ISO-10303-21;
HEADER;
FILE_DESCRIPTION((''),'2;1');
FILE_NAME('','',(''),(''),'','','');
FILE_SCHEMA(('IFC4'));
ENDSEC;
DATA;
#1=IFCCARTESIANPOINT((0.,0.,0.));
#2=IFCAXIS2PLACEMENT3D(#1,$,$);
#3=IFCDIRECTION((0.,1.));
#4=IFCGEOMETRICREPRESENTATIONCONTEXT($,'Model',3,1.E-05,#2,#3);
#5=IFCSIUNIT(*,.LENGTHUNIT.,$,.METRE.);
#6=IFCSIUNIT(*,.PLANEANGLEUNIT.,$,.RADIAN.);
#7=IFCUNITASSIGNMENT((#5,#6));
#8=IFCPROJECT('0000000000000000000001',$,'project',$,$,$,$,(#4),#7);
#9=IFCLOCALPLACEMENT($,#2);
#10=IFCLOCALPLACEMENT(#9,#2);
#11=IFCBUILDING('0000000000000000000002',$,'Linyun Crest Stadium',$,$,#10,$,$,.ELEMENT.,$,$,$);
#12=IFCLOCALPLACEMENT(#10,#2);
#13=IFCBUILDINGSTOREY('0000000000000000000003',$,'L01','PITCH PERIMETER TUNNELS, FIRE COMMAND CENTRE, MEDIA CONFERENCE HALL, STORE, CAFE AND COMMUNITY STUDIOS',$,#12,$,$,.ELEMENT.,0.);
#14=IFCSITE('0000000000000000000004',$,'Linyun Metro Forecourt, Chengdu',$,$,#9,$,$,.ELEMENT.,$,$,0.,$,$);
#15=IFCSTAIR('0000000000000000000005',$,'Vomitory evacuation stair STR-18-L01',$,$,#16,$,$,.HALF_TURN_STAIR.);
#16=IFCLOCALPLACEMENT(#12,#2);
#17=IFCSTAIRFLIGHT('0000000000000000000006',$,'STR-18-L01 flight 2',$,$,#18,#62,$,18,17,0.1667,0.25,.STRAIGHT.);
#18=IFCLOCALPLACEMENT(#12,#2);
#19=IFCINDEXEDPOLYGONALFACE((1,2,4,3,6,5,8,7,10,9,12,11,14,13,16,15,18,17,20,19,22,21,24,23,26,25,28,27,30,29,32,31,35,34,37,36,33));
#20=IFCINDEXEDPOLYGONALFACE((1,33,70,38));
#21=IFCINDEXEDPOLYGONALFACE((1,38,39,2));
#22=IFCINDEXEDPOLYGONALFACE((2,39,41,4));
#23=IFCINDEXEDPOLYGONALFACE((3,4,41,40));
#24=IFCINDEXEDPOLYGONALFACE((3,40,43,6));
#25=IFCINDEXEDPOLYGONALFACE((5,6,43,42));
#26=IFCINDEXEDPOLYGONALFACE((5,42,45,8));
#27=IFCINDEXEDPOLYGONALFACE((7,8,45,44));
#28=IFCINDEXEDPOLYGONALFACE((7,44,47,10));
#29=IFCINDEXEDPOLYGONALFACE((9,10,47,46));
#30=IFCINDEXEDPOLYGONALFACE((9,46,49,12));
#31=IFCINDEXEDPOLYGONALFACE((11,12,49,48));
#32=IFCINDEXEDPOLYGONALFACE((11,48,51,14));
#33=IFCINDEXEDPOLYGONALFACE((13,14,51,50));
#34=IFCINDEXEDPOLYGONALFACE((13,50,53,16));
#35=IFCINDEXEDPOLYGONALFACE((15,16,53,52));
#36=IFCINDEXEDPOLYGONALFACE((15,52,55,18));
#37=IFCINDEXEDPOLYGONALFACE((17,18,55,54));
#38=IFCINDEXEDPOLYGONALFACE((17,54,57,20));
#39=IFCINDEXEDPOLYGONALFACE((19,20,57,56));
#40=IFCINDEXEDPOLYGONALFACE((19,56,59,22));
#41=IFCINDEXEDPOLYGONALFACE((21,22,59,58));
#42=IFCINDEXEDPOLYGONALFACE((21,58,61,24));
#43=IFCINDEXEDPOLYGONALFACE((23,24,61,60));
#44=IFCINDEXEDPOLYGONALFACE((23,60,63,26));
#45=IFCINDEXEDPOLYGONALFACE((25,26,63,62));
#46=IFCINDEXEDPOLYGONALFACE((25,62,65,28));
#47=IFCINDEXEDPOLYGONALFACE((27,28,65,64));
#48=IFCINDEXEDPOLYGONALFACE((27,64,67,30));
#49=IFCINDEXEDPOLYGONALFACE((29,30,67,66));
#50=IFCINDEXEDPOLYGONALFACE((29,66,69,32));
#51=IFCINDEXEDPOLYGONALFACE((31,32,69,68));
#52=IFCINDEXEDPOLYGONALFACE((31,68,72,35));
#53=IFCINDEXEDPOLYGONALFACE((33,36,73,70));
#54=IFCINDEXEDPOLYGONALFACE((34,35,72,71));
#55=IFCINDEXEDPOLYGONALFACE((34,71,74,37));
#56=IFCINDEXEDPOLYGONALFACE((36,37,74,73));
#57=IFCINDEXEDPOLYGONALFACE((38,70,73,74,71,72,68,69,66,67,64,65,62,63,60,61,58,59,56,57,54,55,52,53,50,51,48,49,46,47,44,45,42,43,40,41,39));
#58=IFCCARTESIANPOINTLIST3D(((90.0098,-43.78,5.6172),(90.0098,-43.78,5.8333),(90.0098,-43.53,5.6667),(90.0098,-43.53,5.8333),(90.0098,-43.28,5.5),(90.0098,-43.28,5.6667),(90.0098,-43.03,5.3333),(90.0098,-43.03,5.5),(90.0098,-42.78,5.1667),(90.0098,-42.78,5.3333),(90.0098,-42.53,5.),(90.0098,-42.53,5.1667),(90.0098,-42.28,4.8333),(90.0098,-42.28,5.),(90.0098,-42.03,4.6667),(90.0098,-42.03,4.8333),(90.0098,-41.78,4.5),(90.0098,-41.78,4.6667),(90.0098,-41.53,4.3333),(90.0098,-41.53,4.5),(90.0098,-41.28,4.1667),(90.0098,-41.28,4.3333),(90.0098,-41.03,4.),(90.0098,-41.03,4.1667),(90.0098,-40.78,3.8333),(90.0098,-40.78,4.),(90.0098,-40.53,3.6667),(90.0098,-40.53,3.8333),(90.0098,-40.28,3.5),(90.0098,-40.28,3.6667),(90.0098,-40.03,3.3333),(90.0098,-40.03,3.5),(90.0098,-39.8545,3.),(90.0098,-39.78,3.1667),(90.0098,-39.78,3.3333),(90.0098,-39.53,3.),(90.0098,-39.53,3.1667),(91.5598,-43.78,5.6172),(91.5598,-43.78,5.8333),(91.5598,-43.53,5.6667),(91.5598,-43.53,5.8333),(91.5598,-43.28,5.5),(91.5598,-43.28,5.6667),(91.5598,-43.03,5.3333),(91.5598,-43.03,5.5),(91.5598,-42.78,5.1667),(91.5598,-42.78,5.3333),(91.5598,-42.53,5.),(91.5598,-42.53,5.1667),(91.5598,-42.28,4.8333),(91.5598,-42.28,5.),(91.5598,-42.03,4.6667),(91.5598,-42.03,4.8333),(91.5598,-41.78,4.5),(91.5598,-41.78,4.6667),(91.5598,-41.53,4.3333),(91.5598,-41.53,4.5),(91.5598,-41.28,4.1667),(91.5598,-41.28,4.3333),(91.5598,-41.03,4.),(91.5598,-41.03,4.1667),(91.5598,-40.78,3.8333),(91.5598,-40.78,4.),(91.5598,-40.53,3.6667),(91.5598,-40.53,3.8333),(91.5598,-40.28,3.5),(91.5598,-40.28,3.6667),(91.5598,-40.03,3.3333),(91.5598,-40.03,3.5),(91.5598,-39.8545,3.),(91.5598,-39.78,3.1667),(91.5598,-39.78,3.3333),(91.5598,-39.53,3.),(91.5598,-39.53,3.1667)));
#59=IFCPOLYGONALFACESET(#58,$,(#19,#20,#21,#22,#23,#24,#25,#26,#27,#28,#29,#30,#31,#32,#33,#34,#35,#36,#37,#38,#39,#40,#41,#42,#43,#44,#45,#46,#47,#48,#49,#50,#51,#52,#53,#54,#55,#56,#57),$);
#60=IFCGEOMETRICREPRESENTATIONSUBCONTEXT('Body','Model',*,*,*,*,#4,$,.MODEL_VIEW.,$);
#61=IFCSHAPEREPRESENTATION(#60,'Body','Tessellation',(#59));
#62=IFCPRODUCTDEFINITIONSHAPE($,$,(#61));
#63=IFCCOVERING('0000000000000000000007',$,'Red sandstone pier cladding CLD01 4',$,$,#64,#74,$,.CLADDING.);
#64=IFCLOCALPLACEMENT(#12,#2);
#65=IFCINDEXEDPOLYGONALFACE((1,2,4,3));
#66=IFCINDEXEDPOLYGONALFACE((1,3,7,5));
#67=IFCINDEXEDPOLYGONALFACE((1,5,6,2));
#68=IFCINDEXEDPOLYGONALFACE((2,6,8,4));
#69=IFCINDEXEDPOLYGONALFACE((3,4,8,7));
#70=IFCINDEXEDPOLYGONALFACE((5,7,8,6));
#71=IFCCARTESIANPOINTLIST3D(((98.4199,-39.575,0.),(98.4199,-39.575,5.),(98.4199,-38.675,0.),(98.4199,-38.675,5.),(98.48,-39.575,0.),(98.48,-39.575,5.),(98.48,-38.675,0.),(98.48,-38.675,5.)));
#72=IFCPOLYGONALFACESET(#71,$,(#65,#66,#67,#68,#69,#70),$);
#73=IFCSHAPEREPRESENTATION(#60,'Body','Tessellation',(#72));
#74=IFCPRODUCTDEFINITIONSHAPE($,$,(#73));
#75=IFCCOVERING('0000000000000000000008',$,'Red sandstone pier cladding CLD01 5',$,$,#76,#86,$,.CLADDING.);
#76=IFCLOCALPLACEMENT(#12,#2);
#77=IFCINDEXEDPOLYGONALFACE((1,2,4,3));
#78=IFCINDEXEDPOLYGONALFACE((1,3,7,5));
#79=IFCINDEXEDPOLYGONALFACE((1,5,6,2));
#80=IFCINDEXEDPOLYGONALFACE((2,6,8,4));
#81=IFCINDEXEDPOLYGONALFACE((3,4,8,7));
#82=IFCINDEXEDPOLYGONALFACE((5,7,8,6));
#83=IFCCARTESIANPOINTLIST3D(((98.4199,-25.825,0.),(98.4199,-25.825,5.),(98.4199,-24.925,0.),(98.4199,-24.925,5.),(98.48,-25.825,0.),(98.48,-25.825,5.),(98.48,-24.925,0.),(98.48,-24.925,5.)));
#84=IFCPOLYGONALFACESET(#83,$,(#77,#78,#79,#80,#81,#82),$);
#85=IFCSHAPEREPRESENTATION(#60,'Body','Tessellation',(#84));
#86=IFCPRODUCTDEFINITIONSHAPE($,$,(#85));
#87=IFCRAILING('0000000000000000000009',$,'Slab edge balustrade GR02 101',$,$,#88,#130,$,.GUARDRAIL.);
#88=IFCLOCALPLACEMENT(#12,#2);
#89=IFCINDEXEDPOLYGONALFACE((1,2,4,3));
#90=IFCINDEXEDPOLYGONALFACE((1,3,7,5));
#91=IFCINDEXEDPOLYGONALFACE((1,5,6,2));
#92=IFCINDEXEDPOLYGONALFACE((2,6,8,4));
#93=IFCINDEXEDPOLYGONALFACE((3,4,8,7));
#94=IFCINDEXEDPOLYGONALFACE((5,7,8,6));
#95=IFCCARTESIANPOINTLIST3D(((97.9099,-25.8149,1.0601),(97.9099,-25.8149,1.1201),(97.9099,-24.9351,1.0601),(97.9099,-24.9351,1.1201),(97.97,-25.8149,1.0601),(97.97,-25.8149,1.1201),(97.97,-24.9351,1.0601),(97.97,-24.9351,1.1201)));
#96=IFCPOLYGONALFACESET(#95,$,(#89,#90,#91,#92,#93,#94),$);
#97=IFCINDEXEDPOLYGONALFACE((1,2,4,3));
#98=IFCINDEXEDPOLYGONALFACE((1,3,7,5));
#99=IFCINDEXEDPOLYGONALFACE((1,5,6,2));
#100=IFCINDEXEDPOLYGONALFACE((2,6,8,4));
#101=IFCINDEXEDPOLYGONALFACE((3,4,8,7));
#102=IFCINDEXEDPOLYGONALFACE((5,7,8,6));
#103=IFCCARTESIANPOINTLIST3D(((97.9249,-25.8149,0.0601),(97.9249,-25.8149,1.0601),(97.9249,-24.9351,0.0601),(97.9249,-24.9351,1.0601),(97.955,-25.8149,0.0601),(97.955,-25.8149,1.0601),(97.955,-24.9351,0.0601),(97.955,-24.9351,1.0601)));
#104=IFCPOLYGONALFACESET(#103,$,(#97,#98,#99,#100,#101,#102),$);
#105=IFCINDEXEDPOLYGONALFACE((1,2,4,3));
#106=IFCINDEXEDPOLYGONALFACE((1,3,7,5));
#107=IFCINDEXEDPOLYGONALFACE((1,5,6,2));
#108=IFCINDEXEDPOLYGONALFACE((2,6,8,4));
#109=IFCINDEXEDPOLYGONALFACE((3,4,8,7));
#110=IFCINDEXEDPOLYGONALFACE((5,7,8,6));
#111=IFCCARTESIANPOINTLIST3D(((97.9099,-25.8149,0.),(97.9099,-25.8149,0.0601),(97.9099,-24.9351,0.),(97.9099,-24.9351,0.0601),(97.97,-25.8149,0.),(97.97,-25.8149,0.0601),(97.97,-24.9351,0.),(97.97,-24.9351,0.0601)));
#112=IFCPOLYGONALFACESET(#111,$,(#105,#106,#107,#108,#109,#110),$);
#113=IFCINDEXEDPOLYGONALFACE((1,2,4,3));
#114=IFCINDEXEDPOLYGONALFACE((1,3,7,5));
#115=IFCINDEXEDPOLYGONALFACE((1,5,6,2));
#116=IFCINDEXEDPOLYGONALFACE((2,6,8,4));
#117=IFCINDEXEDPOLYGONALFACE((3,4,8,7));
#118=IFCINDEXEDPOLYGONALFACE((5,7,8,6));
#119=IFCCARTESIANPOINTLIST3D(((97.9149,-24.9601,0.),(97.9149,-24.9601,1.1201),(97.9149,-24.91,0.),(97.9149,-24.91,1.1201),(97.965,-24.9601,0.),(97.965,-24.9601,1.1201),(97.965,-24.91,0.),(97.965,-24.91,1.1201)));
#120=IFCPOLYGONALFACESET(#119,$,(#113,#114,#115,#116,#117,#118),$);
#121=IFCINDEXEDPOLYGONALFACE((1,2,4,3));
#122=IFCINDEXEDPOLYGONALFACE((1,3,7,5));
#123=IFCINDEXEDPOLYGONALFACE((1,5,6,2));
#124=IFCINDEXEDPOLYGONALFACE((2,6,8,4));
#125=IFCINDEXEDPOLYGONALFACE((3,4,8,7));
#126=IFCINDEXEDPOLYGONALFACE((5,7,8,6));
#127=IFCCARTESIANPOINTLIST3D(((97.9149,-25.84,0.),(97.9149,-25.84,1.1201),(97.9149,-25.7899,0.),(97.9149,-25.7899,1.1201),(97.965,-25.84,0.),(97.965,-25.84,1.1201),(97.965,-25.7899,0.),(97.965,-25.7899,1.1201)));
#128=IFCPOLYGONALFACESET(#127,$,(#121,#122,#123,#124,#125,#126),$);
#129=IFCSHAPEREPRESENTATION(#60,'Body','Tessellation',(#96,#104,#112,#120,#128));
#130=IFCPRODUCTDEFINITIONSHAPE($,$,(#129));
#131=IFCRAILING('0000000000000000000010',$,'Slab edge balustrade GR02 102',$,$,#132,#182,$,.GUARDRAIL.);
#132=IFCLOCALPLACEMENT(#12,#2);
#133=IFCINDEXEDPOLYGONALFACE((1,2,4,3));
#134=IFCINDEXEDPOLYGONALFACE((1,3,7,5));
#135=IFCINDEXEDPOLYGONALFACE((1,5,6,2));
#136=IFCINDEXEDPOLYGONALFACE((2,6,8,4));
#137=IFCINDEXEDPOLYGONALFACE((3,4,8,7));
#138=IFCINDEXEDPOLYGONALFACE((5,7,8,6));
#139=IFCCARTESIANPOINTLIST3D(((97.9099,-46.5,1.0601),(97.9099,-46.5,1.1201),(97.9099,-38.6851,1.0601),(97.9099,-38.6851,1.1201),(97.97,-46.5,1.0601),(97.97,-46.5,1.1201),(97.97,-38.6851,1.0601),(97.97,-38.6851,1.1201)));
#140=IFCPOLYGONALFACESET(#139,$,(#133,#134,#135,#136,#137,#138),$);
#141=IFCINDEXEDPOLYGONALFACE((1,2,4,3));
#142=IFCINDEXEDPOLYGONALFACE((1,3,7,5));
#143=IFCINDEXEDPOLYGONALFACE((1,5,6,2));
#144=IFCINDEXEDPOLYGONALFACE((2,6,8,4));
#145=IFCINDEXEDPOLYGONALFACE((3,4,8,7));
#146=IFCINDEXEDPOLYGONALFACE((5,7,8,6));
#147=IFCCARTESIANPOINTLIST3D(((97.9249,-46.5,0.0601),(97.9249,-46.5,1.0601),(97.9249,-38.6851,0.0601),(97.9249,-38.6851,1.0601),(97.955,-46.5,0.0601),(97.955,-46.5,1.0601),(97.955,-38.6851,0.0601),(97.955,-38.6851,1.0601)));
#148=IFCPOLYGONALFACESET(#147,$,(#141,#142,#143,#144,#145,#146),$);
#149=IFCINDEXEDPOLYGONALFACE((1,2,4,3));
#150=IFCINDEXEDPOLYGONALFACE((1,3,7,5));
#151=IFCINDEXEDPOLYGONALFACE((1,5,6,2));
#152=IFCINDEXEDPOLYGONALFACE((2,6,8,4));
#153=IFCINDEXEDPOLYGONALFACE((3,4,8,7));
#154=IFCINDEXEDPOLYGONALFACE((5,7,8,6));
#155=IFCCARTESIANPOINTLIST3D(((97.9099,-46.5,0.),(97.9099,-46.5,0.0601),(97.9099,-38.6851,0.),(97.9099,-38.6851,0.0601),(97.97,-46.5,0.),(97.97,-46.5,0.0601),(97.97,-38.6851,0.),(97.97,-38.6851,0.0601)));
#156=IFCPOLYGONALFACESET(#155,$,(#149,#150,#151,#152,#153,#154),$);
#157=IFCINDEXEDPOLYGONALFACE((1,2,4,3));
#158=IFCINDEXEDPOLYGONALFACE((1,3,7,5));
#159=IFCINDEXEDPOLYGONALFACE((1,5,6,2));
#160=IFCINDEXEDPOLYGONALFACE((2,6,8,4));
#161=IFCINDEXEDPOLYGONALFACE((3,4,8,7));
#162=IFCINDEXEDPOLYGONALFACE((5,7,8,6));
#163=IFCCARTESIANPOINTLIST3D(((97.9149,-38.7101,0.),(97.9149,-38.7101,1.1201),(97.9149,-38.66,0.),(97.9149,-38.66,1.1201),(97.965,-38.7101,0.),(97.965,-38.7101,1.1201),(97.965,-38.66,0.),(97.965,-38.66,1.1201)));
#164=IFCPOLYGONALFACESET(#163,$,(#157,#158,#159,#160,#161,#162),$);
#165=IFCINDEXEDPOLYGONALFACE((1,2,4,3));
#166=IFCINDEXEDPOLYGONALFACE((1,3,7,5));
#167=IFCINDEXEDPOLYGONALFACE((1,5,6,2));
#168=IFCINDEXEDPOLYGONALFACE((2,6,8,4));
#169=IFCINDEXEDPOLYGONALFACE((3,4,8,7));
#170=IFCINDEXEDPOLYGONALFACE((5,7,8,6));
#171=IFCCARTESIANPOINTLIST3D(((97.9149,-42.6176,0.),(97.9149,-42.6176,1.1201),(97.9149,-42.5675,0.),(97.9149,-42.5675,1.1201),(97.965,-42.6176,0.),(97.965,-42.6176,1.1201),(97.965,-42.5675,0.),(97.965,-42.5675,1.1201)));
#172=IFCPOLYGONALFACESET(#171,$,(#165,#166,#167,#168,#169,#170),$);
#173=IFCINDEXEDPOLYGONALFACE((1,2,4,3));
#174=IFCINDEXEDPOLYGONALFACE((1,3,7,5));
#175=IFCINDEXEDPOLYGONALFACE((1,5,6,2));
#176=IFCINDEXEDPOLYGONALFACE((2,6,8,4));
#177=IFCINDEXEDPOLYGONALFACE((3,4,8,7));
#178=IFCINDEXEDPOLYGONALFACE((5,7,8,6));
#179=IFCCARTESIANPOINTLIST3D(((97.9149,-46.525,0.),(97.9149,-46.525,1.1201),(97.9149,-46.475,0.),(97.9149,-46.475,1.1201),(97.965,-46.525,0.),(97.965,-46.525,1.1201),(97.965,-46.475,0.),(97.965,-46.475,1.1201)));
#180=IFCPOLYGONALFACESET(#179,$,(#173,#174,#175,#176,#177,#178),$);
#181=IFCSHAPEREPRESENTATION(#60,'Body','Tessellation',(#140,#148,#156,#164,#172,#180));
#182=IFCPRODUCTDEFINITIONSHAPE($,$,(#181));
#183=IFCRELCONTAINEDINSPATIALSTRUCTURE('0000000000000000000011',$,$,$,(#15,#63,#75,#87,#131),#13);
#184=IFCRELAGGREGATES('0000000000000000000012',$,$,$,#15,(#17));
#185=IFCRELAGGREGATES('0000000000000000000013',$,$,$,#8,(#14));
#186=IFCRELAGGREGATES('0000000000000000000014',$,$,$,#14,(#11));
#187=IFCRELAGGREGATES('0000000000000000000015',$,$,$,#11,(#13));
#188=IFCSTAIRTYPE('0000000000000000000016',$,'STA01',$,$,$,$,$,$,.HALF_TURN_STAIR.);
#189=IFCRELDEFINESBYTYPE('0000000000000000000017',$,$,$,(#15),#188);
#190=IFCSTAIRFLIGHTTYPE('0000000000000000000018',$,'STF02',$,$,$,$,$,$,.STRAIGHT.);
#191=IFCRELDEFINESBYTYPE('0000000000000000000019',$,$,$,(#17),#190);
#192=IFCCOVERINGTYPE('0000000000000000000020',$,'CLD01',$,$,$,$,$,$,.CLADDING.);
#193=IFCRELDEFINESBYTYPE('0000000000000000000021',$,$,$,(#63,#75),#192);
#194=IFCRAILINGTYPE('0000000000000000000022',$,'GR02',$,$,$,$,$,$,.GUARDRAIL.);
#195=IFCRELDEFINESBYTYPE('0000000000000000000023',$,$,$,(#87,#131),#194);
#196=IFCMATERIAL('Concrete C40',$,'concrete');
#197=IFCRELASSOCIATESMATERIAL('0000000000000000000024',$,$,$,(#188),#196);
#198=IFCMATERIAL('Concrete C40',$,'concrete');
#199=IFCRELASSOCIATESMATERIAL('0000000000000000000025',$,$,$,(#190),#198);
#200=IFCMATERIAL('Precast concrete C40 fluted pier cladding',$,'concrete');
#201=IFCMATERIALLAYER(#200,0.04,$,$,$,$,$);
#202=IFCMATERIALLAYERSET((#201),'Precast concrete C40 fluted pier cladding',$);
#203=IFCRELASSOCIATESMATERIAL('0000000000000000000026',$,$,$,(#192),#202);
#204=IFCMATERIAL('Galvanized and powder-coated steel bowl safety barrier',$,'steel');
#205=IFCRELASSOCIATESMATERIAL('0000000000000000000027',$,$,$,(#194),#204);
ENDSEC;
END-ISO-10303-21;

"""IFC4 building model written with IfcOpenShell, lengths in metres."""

from ifc_helpers import new_model, si_unit, direction, frame, origin, origin_2d, place, context, subcontext, project, spatial, polyline, rectangle, outline, extrude, material, layer, layer_set, type_object, element, aggregate, save


model = new_model("IFC4")

# Units and contexts
model_context = context("Model", 3, precision=1e-05, world=origin(), true_north=direction((0.0, 1.0)))
body_context = subcontext(model_context, "Body", "Model", "MODEL_VIEW")
ifc_project = project(units=[si_unit("LENGTHUNIT", "METRE"), si_unit("PLANEANGLEUNIT", "RADIAN")], contexts=[model_context])

# Site, building, storey
site_placement = place(None, origin())
site = spatial("IfcSite", under=ifc_project, at=site_placement, Name="Linyun Metro Forecourt, Chengdu", CompositionType="ELEMENT", RefElevation=0.0)
building_placement = place(site_placement, origin())
building = spatial("IfcBuilding", under=site, at=building_placement, Name="Linyun Crest Stadium", CompositionType="ELEMENT")
storey_placement = place(building_placement, origin())
storey = spatial("IfcBuildingStorey", under=building, at=storey_placement, Name="L01", Description="PITCH PERIMETER TUNNELS, FIRE COMMAND CENTRE, MEDIA CONFERENCE HALL, STORE, CAFE AND COMMUNITY STUDIOS", CompositionType="ELEMENT", Elevation=0.0)

# Stair, stair flight
ifc_material_1 = material(Name="Concrete C40", Category="concrete")
stair_type = type_object("IfcStairType", Name="STA01", PredefinedType="HALF_TURN_STAIR", material=ifc_material_1)
stair_placement = place(storey_placement, origin())
stair = element("IfcStair", 1, at=stair_placement, inside=storey, type_object=stair_type, Name="Vomitory evacuation stair STR-18-L01", PredefinedType="HALF_TURN_STAIR")
ifc_material_2 = material(Name="Concrete C40", Category="concrete")
stair_flight_type = type_object("IfcStairFlightType", Name="STF02", PredefinedType="STRAIGHT", material=ifc_material_2)
stair_flight_placement = place(storey_placement, frame((90.7849, -39.53, 3.0), z_axis=(0.0, 0.0, 1.0), x_axis=(0.0, -1.0, 0.0)))
stair_flight = element("IfcStairFlight", 2, at=stair_flight_placement, type_object=stair_flight_type, Name="STR-18-L01 flight 2", NumberOfRisers=18, NumberOfTreads=17, PredefinedType="STRAIGHT", RiserHeight=0.1667, TreadLength=0.25, context=body_context, shape_type="SweptSolid", body=[
    extrude(outline(polyline([(0.0, 0.0), (0.0, 0.1667), (0.25, 0.1667), (0.25, 0.3333), (0.5, 0.3333), (0.5, 0.5), (0.75, 0.5), (0.75, 0.6667), (1.0, 0.6667), (1.0, 0.8333), (1.25, 0.8333), (1.25, 1.0), (1.5, 1.0), (1.5, 1.1667), (1.75, 1.1667), (1.75, 1.3333), (2.0, 1.3333), (2.0, 1.5), (2.25, 1.5), (2.25, 1.6667), (2.5, 1.6667), (2.5, 1.8333), (2.75, 1.8333), (2.75, 2.0), (3.0, 2.0), (3.0, 2.1667), (3.25, 2.1667), (3.25, 2.3333), (3.5, 2.3333), (3.5, 2.5), (3.75, 2.5), (3.75, 2.6667), (4.0, 2.6667), (4.0, 2.8333), (4.25, 2.8333), (4.25, 3.0), (4.25, 2.6172), (0.3245, 0.0), (0.0, 0.0)])), frame((0.0, 0.7749, 0.0), z_axis=(0.0, -1.0, 0.0), x_axis=(1.0, 0.0, 0.0)), (0.0, 0.0, 1.0), 1.55),
])
aggregate(stair, [stair_flight])

# Coverings
ifc_material_3 = material(Name="Precast concrete C40 fluted pier cladding", Category="concrete")
ifc_layer_1 = layer(ifc_material_3, 0.04)
ifc_layer_set_1 = layer_set([ifc_layer_1], Name="Precast concrete C40 fluted pier cladding")
covering_type = type_object("IfcCoveringType", Name="CLD01", PredefinedType="CLADDING", material=ifc_layer_set_1)
for number, where, z_axis, x_axis, name in (
    (3, (98.45, -39.125, 0.0), (0.0, 0.0, 1.0), (1.0, 0.0, 0.0), "Red sandstone pier cladding CLD01 4"),
    (4, (98.45, -25.375, 0.0), (0.0, 0.0, 1.0), (1.0, 0.0, 0.0), "Red sandstone pier cladding CLD01 5"),
):
    element("IfcCovering", number, at=place(storey_placement, frame(where, z_axis=z_axis, x_axis=x_axis)), inside=storey, type_object=covering_type, Name=name, PredefinedType="CLADDING", context=body_context, shape_type="SweptSolid", body=[
        extrude(rectangle(XDim=0.0601, YDim=0.8999, at=origin_2d()), origin(), (0.0, 0.0, 1.0), 5.0),
    ])

# Railings
ifc_material_4 = material(Name="Galvanized and powder-coated steel bowl safety barrier", Category="steel")
railing_type_1 = type_object("IfcRailingType", Name="GR02", PredefinedType="GUARDRAIL", material=ifc_material_4)
railing_1_placement = place(storey_placement, frame((97.9399, -24.9351, 0.0)))
element("IfcRailing", 5, at=railing_1_placement, inside=storey, type_object=railing_type_1, Name="Slab edge balustrade GR02 101", PredefinedType="GUARDRAIL", context=body_context, shape_type="SweptSolid", body=[
    extrude(rectangle(XDim=0.0601, YDim=0.0601, at=origin_2d()), frame((0.0, 0.0, 1.0901), z_axis=(0.0, -1.0, 0.0), x_axis=(1.0, 0.0, 0.0)), (0.0, 0.0, 1.0), 0.8799),
    extrude(rectangle(XDim=0.03, YDim=1.0, at=origin_2d()), frame((0.0, 0.0, 0.5601), z_axis=(0.0, -1.0, 0.0), x_axis=(1.0, 0.0, 0.0)), (0.0, 0.0, 1.0), 0.8799),
    extrude(rectangle(XDim=0.0601, YDim=0.0601, at=origin_2d()), frame((0.0, 0.0, 0.03), z_axis=(0.0, -1.0, 0.0), x_axis=(1.0, 0.0, 0.0)), (0.0, 0.0, 1.0), 0.8799),
    extrude(rectangle(XDim=0.05, YDim=0.05, at=origin_2d()), origin(), (0.0, 0.0, 1.0), 1.1201),
    extrude(rectangle(XDim=0.05, YDim=0.05, at=origin_2d()), frame((0.0, -0.8799, 0.0)), (0.0, 0.0, 1.0), 1.1201),
])
railing_2_placement = place(storey_placement, frame((97.9399, -38.6851, 0.0)))
element("IfcRailing", 6, at=railing_2_placement, inside=storey, type_object=railing_type_1, Name="Slab edge balustrade GR02 102", PredefinedType="GUARDRAIL", context=body_context, shape_type="SweptSolid", body=[
    extrude(rectangle(XDim=0.0601, YDim=0.0601, at=origin_2d()), frame((0.0, 0.0, 1.0901), z_axis=(0.0, -1.0, 0.0), x_axis=(1.0, 0.0, 0.0)), (0.0, 0.0, 1.0), 7.8149),
    extrude(rectangle(XDim=0.03, YDim=1.0, at=origin_2d()), frame((0.0, 0.0, 0.5601), z_axis=(0.0, -1.0, 0.0), x_axis=(1.0, 0.0, 0.0)), (0.0, 0.0, 1.0), 7.8149),
    extrude(rectangle(XDim=0.0601, YDim=0.0601, at=origin_2d()), frame((0.0, 0.0, 0.03), z_axis=(0.0, -1.0, 0.0), x_axis=(1.0, 0.0, 0.0)), (0.0, 0.0, 1.0), 7.8149),
    extrude(rectangle(XDim=0.05, YDim=0.05, at=origin_2d()), origin(), (0.0, 0.0, 1.0), 1.1201),
    extrude(rectangle(XDim=0.05, YDim=0.05, at=origin_2d()), frame((0.0, -3.9075, 0.0)), (0.0, 0.0, 1.0), 1.1201),
    extrude(rectangle(XDim=0.05, YDim=0.05, at=origin_2d()), frame((0.0, -7.8149, 0.0)), (0.0, 0.0, 1.0), 1.1201),
])

save(model, "model.ifc")
